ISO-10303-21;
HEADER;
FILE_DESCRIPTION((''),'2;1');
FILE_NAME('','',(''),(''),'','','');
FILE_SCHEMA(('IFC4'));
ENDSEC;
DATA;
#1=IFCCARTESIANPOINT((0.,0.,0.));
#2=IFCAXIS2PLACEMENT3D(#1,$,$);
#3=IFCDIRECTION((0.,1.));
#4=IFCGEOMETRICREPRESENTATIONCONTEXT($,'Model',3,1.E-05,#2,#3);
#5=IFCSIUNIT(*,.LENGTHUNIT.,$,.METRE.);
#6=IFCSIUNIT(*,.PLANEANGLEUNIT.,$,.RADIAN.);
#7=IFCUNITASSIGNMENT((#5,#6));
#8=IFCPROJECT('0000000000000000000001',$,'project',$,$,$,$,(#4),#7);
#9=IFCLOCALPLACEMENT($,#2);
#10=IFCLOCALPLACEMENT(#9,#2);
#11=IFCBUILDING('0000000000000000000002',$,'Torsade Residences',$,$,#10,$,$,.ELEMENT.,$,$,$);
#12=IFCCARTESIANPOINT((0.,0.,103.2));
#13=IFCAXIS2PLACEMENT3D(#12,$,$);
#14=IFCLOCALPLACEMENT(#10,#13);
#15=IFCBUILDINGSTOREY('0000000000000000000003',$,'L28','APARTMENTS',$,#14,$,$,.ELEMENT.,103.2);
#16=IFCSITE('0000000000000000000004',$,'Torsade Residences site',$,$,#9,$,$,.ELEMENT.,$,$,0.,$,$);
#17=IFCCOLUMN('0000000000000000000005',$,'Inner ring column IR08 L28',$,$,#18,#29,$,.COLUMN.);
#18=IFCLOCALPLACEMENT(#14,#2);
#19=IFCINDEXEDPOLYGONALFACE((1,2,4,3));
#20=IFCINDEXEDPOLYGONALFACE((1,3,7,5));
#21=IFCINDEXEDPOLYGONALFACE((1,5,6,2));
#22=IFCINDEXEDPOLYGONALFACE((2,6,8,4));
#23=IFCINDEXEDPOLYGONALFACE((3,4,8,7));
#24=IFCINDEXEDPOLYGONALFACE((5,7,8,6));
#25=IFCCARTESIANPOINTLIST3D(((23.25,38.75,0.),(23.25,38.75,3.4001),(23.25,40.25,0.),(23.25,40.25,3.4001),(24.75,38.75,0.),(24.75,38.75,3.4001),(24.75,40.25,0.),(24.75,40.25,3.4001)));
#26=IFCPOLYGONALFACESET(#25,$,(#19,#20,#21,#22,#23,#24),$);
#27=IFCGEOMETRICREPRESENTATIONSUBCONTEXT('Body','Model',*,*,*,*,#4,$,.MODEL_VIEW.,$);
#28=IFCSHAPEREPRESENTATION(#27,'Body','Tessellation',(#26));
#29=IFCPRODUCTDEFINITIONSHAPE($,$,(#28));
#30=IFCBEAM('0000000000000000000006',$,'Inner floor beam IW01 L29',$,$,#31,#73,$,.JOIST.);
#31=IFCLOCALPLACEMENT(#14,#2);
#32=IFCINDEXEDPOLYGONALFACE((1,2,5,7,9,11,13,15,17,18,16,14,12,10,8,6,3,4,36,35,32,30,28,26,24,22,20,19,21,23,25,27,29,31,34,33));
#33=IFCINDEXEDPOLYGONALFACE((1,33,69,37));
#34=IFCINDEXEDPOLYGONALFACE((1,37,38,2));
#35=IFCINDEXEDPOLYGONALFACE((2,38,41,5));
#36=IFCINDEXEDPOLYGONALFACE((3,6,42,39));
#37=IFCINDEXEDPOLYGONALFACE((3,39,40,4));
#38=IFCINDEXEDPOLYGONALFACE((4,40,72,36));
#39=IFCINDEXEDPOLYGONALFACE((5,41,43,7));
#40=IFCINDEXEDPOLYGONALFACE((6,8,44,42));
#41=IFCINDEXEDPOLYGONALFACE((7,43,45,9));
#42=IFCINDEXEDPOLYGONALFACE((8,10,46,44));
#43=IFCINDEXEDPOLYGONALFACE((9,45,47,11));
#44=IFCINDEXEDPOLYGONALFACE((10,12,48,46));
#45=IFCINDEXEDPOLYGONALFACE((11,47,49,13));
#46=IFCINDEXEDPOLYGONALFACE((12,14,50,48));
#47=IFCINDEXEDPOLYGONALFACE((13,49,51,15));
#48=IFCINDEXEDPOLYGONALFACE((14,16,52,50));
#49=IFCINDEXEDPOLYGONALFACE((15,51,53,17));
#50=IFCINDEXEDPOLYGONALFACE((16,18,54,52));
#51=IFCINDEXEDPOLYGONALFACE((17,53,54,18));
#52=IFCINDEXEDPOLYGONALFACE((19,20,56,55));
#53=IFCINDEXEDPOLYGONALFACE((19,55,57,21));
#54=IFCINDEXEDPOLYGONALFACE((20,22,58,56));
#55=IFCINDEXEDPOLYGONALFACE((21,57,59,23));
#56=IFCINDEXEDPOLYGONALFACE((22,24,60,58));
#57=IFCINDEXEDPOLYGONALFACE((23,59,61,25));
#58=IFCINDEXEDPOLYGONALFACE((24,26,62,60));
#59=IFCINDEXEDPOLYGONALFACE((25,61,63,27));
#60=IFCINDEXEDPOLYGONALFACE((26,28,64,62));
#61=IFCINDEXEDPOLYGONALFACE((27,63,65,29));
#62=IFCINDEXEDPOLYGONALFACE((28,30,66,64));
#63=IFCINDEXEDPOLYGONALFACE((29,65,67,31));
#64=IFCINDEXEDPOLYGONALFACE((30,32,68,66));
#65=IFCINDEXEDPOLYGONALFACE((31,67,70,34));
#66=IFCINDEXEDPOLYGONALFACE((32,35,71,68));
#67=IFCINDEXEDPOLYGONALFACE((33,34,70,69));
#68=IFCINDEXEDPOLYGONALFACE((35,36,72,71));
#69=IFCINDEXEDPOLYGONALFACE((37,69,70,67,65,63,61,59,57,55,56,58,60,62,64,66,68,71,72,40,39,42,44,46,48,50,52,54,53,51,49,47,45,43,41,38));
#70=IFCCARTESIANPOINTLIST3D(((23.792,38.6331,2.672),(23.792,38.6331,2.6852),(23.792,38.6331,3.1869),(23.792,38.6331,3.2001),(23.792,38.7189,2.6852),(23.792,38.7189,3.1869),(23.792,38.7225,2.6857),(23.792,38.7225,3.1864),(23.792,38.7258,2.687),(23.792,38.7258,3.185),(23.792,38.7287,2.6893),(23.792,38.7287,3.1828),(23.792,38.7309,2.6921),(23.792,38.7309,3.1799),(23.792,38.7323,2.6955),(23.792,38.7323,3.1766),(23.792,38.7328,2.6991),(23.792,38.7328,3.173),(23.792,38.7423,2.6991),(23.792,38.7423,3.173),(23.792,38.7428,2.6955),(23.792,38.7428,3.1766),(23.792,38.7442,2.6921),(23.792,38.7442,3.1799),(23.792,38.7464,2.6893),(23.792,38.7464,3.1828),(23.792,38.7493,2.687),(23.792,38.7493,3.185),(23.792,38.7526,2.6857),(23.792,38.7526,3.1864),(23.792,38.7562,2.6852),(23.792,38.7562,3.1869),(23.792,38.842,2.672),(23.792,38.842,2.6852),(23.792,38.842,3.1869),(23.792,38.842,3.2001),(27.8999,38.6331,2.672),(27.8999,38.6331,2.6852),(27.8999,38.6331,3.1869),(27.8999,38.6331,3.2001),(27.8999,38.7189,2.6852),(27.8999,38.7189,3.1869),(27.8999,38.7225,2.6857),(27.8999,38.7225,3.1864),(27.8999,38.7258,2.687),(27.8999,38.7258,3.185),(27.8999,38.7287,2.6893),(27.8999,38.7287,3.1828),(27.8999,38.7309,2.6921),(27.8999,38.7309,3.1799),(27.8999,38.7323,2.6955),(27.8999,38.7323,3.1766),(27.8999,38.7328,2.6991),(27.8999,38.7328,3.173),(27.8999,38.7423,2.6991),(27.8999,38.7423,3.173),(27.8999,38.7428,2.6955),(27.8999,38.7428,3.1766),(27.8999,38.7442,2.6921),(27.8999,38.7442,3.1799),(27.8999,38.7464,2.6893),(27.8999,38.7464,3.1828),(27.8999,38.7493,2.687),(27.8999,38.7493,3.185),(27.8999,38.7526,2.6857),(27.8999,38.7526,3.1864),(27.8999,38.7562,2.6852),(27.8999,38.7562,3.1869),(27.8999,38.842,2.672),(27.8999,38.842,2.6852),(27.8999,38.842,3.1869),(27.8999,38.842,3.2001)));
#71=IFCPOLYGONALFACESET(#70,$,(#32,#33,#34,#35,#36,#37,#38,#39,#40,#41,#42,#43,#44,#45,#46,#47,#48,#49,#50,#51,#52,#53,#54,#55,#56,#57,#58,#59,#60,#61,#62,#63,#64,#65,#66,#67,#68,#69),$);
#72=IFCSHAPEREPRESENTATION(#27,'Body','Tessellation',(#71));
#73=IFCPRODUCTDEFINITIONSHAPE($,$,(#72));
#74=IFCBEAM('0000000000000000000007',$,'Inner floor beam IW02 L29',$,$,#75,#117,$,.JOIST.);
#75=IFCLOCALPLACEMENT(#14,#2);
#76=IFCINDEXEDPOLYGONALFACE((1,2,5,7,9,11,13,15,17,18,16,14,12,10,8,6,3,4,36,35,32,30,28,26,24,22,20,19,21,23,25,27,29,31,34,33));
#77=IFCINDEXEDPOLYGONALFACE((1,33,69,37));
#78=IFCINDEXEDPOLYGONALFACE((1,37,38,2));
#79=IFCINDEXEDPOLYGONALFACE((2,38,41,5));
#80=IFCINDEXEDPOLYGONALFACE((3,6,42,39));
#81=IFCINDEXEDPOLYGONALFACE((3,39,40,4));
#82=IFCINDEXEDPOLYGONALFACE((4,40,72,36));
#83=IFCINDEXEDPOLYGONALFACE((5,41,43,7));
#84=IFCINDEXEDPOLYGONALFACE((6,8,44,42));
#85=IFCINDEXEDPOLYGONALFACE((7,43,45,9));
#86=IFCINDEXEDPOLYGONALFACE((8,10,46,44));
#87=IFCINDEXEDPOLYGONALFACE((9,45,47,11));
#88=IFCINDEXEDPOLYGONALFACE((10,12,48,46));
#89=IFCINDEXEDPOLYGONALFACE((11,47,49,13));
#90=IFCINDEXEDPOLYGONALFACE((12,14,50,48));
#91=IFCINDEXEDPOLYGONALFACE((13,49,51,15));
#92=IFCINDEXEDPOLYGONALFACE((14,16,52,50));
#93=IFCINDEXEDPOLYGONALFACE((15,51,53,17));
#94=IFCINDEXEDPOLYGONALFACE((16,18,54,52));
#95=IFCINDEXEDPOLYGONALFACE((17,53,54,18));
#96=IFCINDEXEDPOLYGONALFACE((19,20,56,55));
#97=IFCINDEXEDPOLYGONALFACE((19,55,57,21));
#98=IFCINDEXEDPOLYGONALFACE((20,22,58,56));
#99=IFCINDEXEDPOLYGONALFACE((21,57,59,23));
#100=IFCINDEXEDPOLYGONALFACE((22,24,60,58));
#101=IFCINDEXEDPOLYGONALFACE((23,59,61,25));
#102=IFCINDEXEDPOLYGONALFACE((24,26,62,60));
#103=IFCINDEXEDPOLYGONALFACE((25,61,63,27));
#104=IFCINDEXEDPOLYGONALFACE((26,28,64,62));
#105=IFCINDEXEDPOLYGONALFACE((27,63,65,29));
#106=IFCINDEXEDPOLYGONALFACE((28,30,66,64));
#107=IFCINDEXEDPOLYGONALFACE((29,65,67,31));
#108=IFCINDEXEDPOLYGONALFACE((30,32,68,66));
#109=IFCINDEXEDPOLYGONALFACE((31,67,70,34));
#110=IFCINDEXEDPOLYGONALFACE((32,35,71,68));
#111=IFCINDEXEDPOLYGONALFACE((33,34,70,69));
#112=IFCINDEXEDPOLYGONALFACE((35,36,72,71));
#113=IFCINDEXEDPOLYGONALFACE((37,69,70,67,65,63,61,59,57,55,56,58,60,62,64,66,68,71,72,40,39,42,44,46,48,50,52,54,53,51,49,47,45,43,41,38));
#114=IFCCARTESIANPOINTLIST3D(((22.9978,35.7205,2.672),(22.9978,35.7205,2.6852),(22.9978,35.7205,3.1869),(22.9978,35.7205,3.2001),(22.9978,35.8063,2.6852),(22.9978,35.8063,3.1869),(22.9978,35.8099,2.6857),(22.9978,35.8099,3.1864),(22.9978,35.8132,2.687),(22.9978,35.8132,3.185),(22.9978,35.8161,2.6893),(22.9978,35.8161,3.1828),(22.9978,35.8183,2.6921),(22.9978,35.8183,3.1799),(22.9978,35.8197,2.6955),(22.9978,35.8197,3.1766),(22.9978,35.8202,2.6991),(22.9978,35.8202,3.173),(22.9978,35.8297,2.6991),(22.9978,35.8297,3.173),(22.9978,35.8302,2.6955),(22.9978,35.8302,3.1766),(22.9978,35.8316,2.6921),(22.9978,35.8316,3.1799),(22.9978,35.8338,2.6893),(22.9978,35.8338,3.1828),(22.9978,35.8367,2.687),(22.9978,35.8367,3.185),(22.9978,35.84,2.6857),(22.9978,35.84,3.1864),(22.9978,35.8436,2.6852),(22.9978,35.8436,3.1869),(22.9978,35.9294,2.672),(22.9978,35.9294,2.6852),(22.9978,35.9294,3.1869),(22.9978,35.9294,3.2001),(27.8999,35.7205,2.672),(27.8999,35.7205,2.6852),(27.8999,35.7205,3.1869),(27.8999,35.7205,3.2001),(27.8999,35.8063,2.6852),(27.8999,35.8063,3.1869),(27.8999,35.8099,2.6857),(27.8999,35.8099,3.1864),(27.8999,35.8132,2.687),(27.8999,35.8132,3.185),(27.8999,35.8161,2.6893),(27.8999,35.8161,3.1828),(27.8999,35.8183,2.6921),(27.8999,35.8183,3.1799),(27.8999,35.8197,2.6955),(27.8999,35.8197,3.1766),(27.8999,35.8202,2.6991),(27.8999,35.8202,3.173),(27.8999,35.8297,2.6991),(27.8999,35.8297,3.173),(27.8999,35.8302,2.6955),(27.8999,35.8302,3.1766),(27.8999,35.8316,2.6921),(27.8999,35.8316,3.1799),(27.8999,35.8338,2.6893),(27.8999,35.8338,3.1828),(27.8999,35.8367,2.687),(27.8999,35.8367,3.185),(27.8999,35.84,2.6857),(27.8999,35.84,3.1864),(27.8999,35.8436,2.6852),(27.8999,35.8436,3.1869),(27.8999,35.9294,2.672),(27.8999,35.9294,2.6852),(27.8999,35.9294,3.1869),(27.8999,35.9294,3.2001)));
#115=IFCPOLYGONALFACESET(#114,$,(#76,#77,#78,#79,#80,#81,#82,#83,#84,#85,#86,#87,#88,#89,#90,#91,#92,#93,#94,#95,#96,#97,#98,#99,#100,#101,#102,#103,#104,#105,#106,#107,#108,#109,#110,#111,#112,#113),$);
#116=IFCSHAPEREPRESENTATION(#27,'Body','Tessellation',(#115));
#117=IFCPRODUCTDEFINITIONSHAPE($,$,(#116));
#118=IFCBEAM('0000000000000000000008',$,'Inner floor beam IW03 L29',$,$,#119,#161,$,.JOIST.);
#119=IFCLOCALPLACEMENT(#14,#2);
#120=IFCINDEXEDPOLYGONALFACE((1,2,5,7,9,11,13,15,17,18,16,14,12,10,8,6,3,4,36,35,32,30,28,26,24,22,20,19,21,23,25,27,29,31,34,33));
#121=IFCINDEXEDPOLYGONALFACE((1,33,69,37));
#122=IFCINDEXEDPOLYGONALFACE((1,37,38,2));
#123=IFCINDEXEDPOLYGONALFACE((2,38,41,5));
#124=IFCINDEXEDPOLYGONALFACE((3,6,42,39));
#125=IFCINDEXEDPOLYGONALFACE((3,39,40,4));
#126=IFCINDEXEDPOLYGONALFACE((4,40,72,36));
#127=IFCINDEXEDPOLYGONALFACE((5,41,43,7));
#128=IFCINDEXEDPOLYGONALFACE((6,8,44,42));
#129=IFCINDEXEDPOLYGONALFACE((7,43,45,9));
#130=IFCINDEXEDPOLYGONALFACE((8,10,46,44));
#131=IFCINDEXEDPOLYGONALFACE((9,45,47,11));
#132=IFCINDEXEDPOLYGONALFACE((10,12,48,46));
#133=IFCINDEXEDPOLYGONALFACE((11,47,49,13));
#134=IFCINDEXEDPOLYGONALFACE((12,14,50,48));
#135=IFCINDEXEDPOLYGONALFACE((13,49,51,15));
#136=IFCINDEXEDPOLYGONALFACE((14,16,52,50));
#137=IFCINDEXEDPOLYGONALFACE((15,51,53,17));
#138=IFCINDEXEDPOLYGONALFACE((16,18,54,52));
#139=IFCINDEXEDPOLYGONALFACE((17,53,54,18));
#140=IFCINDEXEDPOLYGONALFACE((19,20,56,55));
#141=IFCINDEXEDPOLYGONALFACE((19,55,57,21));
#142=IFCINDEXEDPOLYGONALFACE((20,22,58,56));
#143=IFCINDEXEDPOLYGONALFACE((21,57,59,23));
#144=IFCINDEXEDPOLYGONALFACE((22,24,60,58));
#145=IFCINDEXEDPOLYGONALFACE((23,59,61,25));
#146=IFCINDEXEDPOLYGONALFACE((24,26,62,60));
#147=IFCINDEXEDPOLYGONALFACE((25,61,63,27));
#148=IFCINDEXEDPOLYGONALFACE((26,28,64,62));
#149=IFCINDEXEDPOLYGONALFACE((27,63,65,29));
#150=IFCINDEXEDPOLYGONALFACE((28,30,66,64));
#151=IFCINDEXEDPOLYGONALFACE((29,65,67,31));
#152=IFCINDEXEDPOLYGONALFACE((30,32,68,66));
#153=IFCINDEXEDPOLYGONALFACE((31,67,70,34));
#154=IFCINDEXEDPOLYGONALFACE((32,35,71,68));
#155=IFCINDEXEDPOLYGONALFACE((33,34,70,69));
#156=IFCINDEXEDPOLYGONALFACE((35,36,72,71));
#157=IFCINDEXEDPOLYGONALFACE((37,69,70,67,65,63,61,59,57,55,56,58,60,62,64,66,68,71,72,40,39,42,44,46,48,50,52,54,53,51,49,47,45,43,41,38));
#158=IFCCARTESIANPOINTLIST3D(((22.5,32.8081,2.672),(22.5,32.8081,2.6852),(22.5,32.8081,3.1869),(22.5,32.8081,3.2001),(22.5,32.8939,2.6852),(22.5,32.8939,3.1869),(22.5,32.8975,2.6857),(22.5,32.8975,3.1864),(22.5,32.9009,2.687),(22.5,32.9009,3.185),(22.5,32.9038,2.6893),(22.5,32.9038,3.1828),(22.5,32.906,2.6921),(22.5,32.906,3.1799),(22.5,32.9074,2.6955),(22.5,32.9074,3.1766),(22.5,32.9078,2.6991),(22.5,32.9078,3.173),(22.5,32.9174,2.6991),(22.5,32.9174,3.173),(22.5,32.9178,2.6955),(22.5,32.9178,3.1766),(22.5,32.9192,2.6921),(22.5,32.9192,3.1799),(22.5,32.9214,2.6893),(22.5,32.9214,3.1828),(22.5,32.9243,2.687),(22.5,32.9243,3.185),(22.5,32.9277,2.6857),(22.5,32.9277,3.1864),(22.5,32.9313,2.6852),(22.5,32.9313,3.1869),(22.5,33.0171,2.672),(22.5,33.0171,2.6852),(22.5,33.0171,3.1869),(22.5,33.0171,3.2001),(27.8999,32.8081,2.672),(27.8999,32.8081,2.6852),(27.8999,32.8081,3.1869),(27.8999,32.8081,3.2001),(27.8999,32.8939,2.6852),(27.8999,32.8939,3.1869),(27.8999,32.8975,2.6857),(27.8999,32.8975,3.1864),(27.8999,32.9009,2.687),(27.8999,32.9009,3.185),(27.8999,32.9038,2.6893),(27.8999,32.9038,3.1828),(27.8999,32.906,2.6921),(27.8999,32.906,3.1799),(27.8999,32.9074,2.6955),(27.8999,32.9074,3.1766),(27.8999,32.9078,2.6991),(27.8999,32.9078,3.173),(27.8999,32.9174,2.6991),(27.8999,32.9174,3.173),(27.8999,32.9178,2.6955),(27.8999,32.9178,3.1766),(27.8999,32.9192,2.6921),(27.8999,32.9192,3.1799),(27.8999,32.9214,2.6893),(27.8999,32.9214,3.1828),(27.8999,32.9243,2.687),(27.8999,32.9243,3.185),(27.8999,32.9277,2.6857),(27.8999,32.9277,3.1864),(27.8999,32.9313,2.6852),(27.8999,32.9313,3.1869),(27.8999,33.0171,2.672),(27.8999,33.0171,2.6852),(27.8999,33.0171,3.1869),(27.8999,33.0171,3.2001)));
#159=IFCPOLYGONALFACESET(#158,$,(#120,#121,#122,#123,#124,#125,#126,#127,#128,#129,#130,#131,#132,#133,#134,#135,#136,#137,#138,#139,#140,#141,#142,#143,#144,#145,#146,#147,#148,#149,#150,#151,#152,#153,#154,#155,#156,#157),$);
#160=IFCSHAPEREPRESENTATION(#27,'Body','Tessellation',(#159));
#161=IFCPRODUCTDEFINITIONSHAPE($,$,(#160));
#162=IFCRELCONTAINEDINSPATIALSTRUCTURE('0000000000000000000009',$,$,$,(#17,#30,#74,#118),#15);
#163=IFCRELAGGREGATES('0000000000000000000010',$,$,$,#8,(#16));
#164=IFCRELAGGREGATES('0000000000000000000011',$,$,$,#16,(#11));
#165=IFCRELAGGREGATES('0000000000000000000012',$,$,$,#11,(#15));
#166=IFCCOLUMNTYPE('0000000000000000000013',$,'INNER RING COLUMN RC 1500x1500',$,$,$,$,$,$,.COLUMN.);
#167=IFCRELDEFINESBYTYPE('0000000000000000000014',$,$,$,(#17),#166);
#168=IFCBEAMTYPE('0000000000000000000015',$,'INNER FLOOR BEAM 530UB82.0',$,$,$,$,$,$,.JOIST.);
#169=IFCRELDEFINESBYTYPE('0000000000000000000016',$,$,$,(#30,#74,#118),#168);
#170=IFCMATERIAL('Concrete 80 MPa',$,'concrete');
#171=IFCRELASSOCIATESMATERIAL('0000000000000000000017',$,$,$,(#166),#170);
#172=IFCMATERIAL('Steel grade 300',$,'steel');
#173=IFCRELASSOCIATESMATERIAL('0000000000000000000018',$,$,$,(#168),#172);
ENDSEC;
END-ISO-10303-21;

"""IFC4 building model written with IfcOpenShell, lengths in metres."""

from ifc_helpers import new_model, si_unit, direction, frame, origin, origin_2d, place, context, subcontext, project, spatial, rectangle, i_section, extrude, material, material_profile, profile_set, type_object, element, save


model = new_model("IFC4")

# Units and contexts
model_context = context("Model", 3, precision=1e-05, world=origin(), true_north=direction((0.0, 1.0)))
body_context = subcontext(model_context, "Body", "Model", "MODEL_VIEW")
ifc_project = project(units=[si_unit("LENGTHUNIT", "METRE"), si_unit("PLANEANGLEUNIT", "RADIAN")], contexts=[model_context])

# Site, building, storey
site_placement = place(None, origin())
site = spatial("IfcSite", under=ifc_project, at=site_placement, Name="Torsade Residences site", CompositionType="ELEMENT", RefElevation=0.0)
building_placement = place(site_placement, origin())
building = spatial("IfcBuilding", under=site, at=building_placement, Name="Torsade Residences", CompositionType="ELEMENT")
storey_placement = place(building_placement, frame((0.0, 0.0, 103.2)))
storey = spatial("IfcBuildingStorey", under=building, at=storey_placement, Name="L28", Description="APARTMENTS", CompositionType="ELEMENT", Elevation=103.2)

# Column
ifc_material_1 = material(Name="Concrete 80 MPa", Category="concrete")
ifc_material_profile_1 = material_profile(ifc_material_1, rectangle(XDim=1.5, YDim=1.5, at=origin_2d()), Name="RC 1500x1500")
ifc_profile_set_1 = profile_set([ifc_material_profile_1], Name="Concrete 80 MPa")
column_type = type_object("IfcColumnType", Name="INNER RING COLUMN RC 1500x1500", PredefinedType="COLUMN", material=ifc_profile_set_1)
column_placement = place(storey_placement, frame((24.0, 39.5, 0.0), z_axis=(0.0, 0.0, 1.0), x_axis=(1.0, 0.0, 0.0)))
element("IfcColumn", 1, at=column_placement, inside=storey, type_object=column_type, Name="Inner ring column IR08 L28", PredefinedType="COLUMN", context=body_context, shape_type="SweptSolid", body=[
    extrude(rectangle(XDim=1.5, YDim=1.5, at=origin_2d()), origin(), (0.0, 0.0, 1.0), 3.4001),
])

# Beams
ifc_material_2 = material(Name="Steel grade 300", Category="steel")
ifc_material_profile_2 = material_profile(ifc_material_2, i_section(OverallWidth=0.209, OverallDepth=0.5281, WebThickness=0.0095, FlangeThickness=0.0132, FilletRadius=0.0139, at=origin_2d()), Name="530UB82.0")
ifc_profile_set_2 = profile_set([ifc_material_profile_2], Name="Steel grade 300")
beam_type = type_object("IfcBeamType", Name="INNER FLOOR BEAM 530UB82.0", PredefinedType="JOIST", material=ifc_profile_set_2)
beam_1_placement = place(storey_placement, frame((27.8999, 38.7375, 2.936), z_axis=(-1.0, 0.0, 0.0), x_axis=(0.0, -1.0, 0.0)))
element("IfcBeam", 2, at=beam_1_placement, inside=storey, type_object=beam_type, Name="Inner floor beam IW01 L29", PredefinedType="JOIST", context=body_context, shape_type="SweptSolid", body=[
    extrude(i_section(OverallWidth=0.209, OverallDepth=0.5281, WebThickness=0.0095, FlangeThickness=0.0132, FilletRadius=0.0139, at=origin_2d()), origin(), (0.0, 0.0, 1.0), 4.1079),
])
beam_2_placement = place(storey_placement, frame((27.8999, 35.825, 2.936), z_axis=(-1.0, 0.0, 0.0), x_axis=(0.0, -1.0, 0.0)))
element("IfcBeam", 3, at=beam_2_placement, inside=storey, type_object=beam_type, Name="Inner floor beam IW02 L29", PredefinedType="JOIST", context=body_context, shape_type="SweptSolid", body=[
    extrude(i_section(OverallWidth=0.209, OverallDepth=0.5281, WebThickness=0.0095, FlangeThickness=0.0132, FilletRadius=0.0139, at=origin_2d()), origin(), (0.0, 0.0, 1.0), 4.9021),
])
beam_3_placement = place(storey_placement, frame((27.8999, 32.9126, 2.936), z_axis=(-1.0, 0.0, 0.0), x_axis=(0.0, -1.0, 0.0)))
element("IfcBeam", 4, at=beam_3_placement, inside=storey, type_object=beam_type, Name="Inner floor beam IW03 L29", PredefinedType="JOIST", context=body_context, shape_type="SweptSolid", body=[
    extrude(i_section(OverallWidth=0.209, OverallDepth=0.5281, WebThickness=0.0095, FlangeThickness=0.0132, FilletRadius=0.0139, at=origin_2d()), origin(), (0.0, 0.0, 1.0), 5.3999),
])

save(model, "model.ifc")
